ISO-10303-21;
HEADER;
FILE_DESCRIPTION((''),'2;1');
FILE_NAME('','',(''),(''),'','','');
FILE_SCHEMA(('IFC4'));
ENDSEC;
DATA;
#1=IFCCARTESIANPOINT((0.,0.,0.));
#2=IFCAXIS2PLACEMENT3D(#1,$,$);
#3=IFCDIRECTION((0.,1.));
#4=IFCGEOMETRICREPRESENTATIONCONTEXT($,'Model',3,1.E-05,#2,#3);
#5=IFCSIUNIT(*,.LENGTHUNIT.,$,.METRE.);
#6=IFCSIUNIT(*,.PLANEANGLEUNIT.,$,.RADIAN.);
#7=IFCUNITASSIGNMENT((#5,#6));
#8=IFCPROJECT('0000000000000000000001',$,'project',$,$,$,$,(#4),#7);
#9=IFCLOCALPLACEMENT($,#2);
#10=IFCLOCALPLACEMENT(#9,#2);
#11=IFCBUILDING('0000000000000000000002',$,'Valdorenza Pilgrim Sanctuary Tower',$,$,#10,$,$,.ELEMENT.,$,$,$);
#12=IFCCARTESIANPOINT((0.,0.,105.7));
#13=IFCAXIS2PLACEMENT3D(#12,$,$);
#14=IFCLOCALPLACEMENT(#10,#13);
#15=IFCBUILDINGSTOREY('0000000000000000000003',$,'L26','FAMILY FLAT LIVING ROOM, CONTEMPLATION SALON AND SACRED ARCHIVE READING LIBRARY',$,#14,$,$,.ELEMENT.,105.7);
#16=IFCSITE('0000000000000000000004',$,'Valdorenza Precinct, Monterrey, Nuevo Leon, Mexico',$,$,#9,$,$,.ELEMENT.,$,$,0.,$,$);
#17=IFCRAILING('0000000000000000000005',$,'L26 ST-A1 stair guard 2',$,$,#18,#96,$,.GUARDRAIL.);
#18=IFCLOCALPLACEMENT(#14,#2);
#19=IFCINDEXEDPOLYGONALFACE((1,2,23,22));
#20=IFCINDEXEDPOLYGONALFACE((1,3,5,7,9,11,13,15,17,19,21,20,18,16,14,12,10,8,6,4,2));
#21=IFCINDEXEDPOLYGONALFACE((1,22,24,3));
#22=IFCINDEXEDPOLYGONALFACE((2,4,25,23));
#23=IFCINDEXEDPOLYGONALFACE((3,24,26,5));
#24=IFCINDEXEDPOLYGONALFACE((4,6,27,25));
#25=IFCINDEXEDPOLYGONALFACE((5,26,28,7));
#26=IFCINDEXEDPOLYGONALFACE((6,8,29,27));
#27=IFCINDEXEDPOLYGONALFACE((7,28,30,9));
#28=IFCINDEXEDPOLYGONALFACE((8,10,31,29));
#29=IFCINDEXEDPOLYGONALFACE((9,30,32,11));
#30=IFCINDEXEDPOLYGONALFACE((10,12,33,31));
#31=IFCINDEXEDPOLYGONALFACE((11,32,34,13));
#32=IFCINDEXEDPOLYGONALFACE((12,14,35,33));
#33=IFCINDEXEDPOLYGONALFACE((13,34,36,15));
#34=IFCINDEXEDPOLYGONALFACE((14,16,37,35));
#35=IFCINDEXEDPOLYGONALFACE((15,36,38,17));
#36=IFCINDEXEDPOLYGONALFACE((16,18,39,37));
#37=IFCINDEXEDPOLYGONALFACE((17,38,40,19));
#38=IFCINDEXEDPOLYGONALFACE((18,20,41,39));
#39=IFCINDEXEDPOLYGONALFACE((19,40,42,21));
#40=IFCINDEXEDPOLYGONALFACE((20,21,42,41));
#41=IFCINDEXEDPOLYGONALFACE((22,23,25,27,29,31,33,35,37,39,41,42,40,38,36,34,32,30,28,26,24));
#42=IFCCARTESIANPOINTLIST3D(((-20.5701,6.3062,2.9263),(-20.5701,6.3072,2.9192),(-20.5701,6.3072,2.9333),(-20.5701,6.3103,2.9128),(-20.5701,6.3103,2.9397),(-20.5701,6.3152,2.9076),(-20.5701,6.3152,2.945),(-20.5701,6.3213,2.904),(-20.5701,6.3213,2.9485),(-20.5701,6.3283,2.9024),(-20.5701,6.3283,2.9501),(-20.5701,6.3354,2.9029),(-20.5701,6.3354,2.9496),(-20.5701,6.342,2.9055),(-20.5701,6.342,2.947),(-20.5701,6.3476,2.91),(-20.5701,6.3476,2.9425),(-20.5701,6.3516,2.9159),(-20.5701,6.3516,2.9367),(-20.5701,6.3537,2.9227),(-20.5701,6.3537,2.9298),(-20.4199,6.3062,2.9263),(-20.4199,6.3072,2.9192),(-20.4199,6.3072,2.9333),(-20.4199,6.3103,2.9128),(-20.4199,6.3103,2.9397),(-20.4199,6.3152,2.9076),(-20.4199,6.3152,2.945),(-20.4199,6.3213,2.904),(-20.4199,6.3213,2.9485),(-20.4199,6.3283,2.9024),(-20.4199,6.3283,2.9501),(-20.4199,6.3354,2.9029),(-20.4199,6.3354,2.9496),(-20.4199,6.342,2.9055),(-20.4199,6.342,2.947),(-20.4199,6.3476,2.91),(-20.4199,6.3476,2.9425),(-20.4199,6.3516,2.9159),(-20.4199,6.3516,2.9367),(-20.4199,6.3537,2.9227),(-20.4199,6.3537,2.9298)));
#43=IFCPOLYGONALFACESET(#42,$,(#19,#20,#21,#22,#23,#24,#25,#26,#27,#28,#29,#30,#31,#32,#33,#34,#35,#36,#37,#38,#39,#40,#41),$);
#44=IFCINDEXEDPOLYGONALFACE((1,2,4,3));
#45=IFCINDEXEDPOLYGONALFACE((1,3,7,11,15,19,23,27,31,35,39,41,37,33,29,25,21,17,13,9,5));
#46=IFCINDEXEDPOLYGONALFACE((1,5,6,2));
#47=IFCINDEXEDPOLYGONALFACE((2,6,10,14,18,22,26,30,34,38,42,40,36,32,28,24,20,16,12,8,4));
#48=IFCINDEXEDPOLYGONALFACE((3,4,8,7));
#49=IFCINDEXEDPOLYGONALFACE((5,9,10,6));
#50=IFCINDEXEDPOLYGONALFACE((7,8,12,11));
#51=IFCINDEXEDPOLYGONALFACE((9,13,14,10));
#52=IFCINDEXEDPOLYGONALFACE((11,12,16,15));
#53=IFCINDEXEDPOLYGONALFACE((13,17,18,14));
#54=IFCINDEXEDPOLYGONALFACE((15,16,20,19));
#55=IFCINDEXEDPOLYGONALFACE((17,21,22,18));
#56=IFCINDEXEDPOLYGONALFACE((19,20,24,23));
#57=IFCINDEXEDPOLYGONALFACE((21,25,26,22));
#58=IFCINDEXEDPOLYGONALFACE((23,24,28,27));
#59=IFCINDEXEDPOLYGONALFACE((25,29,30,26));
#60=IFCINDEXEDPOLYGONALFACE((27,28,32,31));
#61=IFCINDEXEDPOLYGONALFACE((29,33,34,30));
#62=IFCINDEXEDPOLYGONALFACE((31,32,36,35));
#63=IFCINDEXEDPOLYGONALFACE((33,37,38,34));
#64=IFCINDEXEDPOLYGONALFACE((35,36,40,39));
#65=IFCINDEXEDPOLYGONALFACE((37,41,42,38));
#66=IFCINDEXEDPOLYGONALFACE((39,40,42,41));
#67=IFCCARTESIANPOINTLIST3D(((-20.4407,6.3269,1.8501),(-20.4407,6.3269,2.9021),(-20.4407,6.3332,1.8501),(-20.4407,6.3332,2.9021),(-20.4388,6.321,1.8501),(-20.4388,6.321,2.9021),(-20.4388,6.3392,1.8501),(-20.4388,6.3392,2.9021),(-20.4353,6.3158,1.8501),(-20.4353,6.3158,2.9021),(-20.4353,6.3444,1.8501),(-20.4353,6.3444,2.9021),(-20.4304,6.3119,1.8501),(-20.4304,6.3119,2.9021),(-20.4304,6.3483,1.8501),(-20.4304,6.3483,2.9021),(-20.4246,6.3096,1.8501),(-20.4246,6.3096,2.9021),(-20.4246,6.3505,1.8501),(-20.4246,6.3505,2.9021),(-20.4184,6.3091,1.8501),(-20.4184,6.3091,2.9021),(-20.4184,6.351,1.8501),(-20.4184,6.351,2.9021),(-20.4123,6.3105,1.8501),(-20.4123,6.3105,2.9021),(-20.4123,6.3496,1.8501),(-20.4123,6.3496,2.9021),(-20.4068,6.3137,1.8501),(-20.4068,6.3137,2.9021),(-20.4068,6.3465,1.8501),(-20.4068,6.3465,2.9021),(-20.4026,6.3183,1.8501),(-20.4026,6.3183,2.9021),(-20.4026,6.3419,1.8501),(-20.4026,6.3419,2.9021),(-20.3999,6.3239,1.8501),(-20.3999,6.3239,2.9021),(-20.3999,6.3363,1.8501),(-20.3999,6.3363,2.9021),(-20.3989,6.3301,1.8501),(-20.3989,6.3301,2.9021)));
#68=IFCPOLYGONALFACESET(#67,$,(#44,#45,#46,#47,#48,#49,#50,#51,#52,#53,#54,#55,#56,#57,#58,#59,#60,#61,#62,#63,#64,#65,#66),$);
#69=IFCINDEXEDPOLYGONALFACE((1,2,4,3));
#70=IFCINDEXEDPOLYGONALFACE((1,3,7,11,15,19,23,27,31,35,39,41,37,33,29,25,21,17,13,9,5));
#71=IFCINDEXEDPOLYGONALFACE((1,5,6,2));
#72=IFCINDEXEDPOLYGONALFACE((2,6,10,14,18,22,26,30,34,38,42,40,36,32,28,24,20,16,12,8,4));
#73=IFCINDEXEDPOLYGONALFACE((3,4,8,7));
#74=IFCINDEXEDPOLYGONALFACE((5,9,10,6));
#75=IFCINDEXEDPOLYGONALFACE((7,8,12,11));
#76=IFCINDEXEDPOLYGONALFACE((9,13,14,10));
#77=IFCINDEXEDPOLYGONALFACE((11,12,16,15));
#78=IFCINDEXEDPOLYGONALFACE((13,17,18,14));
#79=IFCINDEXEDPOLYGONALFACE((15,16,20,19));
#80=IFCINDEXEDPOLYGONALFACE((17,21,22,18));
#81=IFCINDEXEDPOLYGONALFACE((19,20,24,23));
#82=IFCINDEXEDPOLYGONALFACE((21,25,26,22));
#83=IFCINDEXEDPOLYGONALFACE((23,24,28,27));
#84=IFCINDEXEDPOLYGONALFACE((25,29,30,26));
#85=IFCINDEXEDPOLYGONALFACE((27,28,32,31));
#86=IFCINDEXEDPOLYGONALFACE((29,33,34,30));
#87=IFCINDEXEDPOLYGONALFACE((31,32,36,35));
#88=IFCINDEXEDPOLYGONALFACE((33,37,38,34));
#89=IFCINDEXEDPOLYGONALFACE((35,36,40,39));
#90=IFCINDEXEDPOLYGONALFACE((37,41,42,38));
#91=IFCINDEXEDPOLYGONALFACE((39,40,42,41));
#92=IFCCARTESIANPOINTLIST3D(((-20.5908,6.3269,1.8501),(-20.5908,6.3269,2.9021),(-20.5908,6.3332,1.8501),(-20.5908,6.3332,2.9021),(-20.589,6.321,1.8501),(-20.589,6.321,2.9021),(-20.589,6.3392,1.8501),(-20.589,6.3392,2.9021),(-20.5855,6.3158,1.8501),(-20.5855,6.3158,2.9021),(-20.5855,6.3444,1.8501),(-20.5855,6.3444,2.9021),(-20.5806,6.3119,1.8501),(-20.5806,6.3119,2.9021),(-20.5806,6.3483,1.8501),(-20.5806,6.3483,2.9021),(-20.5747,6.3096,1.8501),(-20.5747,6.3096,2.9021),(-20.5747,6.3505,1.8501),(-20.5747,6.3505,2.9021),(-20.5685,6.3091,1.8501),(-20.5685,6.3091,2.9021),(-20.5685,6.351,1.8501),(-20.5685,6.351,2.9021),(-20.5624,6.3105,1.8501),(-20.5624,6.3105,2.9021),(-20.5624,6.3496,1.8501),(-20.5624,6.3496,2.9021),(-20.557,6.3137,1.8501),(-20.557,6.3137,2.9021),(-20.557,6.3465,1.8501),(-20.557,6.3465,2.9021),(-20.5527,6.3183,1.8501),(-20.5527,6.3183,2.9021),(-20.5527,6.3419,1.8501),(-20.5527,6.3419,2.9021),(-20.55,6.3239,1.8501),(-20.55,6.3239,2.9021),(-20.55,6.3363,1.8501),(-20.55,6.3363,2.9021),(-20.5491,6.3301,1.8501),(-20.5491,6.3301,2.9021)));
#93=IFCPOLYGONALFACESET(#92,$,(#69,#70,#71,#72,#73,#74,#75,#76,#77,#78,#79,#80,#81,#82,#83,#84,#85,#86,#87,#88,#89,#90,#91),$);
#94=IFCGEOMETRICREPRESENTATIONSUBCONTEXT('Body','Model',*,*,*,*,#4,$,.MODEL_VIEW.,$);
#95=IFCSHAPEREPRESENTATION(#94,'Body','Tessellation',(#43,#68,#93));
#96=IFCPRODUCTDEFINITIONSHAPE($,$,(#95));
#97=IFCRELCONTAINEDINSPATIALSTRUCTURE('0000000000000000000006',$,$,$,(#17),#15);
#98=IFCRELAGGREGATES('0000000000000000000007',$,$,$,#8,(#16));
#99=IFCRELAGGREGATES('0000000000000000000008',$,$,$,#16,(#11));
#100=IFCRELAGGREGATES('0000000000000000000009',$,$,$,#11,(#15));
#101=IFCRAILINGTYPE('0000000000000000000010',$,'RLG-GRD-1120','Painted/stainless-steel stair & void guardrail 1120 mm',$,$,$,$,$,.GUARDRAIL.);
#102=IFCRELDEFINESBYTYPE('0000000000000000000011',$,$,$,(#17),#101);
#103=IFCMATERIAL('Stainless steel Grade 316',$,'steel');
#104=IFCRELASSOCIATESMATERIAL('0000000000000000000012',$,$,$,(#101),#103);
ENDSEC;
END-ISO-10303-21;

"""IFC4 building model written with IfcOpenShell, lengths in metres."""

from ifc_helpers import new_model, si_unit, direction, frame, origin, origin_2d, place, context, subcontext, project, spatial, circle, extrude, material, type_object, element, save


model = new_model("IFC4")

# Units and contexts
model_context = context("Model", 3, precision=1e-05, world=origin(), true_north=direction((0.0, 1.0)))
body_context = subcontext(model_context, "Body", "Model", "MODEL_VIEW")
ifc_project = project(units=[si_unit("LENGTHUNIT", "METRE"), si_unit("PLANEANGLEUNIT", "RADIAN")], contexts=[model_context])

# Site, building, storey
site_placement = place(None, origin())
site = spatial("IfcSite", under=ifc_project, at=site_placement, Name="Valdorenza Precinct, Monterrey, Nuevo Leon, Mexico", CompositionType="ELEMENT", RefElevation=0.0)
building_placement = place(site_placement, origin())
building = spatial("IfcBuilding", under=site, at=building_placement, Name="Valdorenza Pilgrim Sanctuary Tower", CompositionType="ELEMENT")
storey_placement = place(building_placement, frame((0.0, 0.0, 105.7)))
storey = spatial("IfcBuildingStorey", under=building, at=storey_placement, Name="L26", Description="FAMILY FLAT LIVING ROOM, CONTEMPLATION SALON AND SACRED ARCHIVE READING LIBRARY", CompositionType="ELEMENT", Elevation=105.7)

# Railing
ifc_material_1 = material(Name="Stainless steel Grade 316", Category="steel")
railing_type_1 = type_object("IfcRailingType", Name="RLG-GRD-1120", Description="Painted/stainless-steel stair & void guardrail 1120 mm", PredefinedType="GUARDRAIL", material=ifc_material_1)
railing_1_placement = place(storey_placement, frame((-20.4199, 6.3301, 1.8501)))
element("IfcRailing", 1, at=railing_1_placement, inside=storey, type_object=railing_type_1, Name="L26 ST-A1 stair guard 2", PredefinedType="GUARDRAIL", context=body_context, shape_type="SweptSolid", body=[
    extrude(circle(Radius=0.0239, at=origin_2d()), frame((0.0, 0.0, 1.0762), z_axis=(-1.0, 0.0, 0.0), x_axis=(0.0, -1.0, 0.0)), (0.0, 0.0, 1.0), 0.1501),
    extrude(circle(Radius=0.021, at=origin_2d()), origin(), (0.0, 0.0, 1.0), 1.052),
    extrude(circle(Radius=0.021, at=origin_2d()), frame((-0.1501, 0.0, 0.0)), (0.0, 0.0, 1.0), 1.052),
])

save(model, "model.ifc")
